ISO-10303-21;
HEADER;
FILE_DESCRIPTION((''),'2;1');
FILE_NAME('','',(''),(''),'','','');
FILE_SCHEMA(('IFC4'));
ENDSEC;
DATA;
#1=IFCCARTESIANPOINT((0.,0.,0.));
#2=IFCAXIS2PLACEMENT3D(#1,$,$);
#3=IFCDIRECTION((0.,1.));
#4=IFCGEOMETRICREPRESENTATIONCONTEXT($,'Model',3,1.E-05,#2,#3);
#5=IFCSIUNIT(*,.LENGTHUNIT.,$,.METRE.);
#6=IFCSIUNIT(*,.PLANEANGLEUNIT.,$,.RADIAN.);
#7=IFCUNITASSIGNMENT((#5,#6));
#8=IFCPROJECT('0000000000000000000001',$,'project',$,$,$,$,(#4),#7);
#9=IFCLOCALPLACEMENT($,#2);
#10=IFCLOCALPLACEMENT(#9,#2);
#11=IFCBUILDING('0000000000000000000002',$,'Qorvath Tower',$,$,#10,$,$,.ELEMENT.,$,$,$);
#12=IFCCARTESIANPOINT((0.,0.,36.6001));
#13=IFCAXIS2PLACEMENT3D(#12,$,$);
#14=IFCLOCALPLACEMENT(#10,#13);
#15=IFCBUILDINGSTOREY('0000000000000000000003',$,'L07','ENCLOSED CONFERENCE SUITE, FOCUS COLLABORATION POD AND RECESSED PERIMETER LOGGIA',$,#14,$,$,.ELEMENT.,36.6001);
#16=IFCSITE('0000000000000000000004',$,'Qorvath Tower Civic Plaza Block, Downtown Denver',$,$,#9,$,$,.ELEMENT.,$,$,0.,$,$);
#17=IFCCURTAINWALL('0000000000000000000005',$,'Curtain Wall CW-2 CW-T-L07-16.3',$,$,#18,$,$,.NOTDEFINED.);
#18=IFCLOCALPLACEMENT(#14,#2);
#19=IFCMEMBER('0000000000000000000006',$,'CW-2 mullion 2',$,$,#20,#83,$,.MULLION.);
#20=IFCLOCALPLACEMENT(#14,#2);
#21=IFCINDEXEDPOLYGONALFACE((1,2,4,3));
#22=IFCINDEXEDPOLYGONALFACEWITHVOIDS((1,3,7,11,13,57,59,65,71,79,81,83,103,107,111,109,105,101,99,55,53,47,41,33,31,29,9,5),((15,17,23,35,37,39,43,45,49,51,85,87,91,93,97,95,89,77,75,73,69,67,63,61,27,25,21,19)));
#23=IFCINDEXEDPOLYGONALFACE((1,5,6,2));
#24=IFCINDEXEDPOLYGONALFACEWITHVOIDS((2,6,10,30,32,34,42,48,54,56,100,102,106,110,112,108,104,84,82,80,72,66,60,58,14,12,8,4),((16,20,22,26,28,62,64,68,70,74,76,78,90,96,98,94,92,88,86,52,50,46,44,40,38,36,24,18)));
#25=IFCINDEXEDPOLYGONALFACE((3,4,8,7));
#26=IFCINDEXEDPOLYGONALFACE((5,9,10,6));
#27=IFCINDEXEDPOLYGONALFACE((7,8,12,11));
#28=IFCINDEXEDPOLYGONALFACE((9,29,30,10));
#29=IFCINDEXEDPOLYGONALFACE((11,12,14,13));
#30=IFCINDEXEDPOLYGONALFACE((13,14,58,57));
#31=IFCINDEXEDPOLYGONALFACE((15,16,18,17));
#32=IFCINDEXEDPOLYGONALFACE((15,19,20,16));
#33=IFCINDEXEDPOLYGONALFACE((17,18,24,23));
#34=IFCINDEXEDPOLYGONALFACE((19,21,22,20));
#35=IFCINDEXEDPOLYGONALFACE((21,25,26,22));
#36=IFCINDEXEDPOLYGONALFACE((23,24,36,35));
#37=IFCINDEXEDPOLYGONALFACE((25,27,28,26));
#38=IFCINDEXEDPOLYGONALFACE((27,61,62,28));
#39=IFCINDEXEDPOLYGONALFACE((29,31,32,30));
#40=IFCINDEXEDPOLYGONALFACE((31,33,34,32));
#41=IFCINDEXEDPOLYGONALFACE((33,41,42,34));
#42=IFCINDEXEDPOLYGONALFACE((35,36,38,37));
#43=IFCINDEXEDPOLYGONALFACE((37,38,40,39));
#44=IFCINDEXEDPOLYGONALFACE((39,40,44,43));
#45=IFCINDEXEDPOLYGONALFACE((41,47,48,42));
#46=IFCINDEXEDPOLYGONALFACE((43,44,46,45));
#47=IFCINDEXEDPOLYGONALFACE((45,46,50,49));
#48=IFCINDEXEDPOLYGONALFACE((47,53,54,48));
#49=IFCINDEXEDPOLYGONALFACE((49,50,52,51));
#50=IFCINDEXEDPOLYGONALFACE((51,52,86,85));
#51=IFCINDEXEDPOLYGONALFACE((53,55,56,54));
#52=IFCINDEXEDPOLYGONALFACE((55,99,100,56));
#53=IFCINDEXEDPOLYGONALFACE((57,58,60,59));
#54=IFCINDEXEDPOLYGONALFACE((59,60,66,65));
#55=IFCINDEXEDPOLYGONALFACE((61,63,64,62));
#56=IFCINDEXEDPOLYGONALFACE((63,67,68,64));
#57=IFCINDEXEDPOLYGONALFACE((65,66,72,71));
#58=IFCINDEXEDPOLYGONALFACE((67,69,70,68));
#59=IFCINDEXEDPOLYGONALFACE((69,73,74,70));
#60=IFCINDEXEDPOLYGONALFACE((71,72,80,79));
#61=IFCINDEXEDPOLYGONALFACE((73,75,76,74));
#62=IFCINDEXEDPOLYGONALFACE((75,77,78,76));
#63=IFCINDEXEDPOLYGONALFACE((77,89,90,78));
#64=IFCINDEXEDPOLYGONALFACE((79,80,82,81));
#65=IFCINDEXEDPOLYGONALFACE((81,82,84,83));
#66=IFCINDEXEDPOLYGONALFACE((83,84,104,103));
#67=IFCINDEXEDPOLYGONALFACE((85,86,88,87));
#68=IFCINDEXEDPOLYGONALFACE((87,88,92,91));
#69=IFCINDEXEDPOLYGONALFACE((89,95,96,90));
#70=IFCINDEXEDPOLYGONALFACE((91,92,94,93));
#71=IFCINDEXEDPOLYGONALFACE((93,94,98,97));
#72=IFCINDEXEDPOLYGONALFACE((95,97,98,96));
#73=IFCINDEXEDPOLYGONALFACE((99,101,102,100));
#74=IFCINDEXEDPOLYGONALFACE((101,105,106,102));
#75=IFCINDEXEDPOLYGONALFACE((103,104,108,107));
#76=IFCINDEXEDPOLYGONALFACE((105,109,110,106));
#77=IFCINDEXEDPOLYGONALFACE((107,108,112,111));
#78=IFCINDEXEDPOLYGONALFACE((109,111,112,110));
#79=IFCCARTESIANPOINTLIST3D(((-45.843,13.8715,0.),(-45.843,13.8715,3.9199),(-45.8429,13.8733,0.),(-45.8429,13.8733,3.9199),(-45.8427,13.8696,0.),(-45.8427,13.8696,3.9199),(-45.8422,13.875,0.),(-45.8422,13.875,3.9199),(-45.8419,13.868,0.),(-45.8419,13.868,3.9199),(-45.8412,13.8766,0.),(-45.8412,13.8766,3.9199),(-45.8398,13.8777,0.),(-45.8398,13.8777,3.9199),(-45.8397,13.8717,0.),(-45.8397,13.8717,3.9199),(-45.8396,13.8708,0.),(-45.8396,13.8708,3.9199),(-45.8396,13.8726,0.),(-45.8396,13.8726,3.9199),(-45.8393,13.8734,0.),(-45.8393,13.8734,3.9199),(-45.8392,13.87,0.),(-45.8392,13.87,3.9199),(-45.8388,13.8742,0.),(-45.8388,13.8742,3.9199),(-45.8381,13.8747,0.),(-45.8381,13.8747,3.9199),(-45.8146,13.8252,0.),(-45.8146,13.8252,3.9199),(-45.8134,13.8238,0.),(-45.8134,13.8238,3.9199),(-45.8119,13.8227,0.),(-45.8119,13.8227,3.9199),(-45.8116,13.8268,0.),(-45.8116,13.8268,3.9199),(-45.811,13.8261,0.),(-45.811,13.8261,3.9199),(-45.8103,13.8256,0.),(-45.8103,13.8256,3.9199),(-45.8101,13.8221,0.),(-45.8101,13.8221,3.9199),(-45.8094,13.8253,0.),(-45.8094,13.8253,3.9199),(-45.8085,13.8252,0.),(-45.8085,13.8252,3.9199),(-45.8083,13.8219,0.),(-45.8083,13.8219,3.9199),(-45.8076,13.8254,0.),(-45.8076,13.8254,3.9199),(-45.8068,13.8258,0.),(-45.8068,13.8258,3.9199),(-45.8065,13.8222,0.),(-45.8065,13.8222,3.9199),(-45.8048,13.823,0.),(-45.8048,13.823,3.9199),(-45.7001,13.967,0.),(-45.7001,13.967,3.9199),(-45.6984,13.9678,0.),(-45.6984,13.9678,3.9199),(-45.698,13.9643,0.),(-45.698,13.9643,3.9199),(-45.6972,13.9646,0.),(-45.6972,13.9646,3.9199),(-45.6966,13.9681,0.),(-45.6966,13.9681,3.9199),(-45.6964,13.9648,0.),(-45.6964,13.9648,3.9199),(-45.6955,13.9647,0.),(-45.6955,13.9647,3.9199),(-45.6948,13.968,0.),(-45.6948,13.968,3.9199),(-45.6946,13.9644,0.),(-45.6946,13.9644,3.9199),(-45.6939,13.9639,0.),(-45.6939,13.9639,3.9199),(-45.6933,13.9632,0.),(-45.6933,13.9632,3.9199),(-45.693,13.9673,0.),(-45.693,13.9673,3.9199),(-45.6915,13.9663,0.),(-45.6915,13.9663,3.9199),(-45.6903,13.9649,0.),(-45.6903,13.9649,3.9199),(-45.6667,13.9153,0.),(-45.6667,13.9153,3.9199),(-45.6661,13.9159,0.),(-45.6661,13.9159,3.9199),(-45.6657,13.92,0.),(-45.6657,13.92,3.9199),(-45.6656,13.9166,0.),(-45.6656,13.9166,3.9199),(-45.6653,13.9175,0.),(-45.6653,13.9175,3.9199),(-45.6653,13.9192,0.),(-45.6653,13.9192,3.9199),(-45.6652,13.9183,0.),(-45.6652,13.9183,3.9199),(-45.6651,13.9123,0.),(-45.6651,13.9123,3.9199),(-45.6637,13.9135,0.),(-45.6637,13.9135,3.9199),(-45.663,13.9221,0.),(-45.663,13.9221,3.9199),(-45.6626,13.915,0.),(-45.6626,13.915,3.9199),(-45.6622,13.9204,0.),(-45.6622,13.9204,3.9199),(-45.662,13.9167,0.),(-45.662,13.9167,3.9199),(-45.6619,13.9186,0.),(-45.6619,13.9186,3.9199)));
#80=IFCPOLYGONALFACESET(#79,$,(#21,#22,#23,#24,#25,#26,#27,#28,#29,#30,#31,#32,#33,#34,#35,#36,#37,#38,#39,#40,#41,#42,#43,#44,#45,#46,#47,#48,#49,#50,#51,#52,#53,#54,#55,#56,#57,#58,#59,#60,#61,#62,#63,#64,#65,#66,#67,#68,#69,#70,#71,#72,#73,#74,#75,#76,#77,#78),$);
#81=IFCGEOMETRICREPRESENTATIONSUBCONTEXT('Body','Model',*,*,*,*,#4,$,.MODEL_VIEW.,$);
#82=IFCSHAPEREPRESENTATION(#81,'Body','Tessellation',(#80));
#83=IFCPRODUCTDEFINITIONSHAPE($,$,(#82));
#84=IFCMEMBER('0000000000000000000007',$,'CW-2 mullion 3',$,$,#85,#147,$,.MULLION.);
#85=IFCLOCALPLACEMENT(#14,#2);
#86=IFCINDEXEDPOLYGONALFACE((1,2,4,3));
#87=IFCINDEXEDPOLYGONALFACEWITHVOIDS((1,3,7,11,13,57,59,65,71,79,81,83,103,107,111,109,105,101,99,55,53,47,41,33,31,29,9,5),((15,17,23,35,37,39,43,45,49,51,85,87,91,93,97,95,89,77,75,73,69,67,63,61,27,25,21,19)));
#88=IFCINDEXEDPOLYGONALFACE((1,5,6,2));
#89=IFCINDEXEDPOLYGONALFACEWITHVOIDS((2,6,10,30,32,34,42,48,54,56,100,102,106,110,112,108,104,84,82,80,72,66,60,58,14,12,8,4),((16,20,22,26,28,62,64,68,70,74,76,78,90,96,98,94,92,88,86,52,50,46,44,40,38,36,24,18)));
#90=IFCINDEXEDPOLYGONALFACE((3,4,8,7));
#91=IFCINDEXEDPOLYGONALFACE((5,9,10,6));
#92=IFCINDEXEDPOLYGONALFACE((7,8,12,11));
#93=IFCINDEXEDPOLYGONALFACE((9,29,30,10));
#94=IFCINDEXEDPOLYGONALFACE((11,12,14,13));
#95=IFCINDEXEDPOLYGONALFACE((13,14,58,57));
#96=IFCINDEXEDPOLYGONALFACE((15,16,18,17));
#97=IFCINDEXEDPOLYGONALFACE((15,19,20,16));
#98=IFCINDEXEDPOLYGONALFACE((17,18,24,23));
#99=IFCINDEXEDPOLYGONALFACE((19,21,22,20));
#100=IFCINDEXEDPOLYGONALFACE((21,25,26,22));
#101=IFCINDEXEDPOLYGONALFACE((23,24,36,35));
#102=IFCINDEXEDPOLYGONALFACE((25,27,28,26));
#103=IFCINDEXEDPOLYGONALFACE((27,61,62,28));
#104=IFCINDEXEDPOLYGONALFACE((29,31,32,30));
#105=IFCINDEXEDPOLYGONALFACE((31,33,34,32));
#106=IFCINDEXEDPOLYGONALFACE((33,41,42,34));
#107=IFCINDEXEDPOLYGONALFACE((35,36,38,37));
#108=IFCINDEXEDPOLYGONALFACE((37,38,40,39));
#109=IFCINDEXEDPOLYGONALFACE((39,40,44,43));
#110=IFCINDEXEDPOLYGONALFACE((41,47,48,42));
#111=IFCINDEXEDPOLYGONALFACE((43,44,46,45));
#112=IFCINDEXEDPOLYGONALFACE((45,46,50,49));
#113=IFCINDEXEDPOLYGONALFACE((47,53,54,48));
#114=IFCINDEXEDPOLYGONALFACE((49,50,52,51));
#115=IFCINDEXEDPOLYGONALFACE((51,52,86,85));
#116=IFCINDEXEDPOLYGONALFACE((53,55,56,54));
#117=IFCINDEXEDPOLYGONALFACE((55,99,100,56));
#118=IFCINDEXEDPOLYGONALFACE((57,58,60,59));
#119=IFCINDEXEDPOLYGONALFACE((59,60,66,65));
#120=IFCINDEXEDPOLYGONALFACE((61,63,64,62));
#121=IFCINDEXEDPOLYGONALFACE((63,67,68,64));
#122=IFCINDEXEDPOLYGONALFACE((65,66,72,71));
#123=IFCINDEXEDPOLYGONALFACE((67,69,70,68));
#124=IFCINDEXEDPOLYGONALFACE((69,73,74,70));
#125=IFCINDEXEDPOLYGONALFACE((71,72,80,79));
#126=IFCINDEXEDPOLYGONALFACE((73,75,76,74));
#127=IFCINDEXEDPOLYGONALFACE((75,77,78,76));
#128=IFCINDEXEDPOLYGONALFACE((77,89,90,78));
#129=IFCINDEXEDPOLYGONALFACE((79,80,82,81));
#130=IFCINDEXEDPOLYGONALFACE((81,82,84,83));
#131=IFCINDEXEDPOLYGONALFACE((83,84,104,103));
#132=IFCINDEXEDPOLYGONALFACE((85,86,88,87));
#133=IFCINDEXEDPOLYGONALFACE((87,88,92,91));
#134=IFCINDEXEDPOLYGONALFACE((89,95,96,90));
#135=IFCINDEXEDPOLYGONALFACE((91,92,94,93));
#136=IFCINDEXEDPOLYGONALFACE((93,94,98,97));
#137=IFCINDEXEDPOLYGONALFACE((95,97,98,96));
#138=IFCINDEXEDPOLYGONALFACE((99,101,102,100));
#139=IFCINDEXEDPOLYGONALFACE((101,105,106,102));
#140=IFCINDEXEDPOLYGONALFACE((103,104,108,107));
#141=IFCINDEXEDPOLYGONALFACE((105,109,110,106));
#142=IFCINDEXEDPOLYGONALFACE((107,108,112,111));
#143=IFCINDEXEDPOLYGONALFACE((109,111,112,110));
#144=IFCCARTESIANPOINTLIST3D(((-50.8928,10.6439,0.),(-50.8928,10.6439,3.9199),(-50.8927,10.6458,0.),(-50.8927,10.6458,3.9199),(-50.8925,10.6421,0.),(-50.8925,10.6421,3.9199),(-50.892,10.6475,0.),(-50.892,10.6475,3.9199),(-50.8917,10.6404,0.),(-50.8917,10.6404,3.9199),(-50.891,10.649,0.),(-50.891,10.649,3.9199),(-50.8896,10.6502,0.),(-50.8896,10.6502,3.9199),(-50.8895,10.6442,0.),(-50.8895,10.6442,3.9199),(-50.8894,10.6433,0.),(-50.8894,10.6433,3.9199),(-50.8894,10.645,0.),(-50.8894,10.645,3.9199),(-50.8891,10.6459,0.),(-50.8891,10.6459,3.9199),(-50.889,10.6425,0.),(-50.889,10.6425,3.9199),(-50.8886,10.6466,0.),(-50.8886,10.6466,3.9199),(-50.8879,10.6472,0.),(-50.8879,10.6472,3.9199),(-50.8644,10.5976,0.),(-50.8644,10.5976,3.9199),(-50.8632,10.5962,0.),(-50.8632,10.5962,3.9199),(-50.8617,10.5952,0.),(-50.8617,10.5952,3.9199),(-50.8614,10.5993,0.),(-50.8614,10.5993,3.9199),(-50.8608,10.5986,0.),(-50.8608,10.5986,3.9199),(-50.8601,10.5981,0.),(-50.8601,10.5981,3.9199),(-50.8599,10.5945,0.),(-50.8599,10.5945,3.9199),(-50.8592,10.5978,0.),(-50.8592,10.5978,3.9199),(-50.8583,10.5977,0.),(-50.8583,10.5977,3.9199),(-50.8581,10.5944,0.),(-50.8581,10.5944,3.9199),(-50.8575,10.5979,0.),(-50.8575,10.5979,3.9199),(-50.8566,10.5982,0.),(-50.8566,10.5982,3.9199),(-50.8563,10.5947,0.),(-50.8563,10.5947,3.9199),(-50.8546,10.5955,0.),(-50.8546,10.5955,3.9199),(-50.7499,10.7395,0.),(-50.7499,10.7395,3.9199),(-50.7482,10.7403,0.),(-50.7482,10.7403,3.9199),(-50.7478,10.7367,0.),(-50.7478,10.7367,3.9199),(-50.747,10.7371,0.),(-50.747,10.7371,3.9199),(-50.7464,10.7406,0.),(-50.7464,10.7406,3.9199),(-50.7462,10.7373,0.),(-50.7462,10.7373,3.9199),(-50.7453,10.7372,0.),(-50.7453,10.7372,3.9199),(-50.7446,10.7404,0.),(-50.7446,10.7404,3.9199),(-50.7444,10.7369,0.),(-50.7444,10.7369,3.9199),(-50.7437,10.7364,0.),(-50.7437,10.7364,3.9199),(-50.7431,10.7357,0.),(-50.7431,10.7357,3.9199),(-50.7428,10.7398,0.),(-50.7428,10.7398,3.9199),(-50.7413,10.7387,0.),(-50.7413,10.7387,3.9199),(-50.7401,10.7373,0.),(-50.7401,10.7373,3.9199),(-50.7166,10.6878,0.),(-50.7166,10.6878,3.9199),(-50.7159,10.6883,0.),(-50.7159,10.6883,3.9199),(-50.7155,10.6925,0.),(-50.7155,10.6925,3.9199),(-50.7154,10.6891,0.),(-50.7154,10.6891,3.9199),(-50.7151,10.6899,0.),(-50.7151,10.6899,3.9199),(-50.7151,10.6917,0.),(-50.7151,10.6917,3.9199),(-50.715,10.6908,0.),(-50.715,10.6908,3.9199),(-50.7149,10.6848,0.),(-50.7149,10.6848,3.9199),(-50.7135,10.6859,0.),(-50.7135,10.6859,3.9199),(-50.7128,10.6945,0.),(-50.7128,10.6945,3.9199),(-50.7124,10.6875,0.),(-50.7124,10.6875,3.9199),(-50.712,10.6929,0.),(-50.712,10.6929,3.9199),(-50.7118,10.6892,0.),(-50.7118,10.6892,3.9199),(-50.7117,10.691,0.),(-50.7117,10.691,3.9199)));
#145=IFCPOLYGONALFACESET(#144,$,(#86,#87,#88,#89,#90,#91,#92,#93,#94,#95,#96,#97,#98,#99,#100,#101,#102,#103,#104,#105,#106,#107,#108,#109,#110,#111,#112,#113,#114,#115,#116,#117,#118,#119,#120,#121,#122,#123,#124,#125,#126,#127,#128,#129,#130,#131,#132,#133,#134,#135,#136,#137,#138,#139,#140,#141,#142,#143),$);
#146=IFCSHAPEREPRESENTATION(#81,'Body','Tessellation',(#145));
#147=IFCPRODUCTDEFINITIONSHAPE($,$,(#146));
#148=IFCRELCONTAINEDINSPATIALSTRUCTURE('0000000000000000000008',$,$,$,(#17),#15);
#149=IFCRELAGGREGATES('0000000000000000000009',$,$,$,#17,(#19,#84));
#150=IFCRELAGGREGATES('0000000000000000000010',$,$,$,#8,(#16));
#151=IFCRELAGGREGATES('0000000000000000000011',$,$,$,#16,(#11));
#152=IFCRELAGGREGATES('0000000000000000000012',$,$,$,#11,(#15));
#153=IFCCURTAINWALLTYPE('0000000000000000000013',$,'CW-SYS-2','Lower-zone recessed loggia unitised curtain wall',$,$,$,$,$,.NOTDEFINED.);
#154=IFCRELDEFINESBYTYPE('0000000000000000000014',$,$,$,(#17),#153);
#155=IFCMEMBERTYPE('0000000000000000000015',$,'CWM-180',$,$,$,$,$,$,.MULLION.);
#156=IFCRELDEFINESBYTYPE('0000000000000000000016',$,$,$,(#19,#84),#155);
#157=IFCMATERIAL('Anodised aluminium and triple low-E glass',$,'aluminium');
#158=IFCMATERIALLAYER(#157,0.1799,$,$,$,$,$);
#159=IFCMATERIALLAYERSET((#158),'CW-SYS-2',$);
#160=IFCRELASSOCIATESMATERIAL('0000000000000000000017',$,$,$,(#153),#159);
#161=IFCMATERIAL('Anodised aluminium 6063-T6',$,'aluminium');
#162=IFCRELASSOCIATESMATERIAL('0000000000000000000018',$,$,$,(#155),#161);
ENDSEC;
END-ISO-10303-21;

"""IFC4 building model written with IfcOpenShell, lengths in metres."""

from ifc_helpers import new_model, si_unit, direction, frame, origin, origin_2d, place, context, subcontext, project, spatial, hollow_rectangle, extrude, material, layer, layer_set, material_profile, profile_set, type_object, element, aggregate, save


model = new_model("IFC4")

# Units and contexts
model_context = context("Model", 3, precision=1e-05, world=origin(), true_north=direction((0.0, 1.0)))
body_context = subcontext(model_context, "Body", "Model", "MODEL_VIEW")
ifc_project = project(units=[si_unit("LENGTHUNIT", "METRE"), si_unit("PLANEANGLEUNIT", "RADIAN")], contexts=[model_context])

# Site, building, storey
site_placement = place(None, origin())
site = spatial("IfcSite", under=ifc_project, at=site_placement, Name="Qorvath Tower Civic Plaza Block, Downtown Denver", CompositionType="ELEMENT", RefElevation=0.0)
building_placement = place(site_placement, origin())
building = spatial("IfcBuilding", under=site, at=building_placement, Name="Qorvath Tower", CompositionType="ELEMENT")
storey_placement = place(building_placement, frame((0.0, 0.0, 36.6001)))
storey = spatial("IfcBuildingStorey", under=building, at=storey_placement, Name="L07", Description="ENCLOSED CONFERENCE SUITE, FOCUS COLLABORATION POD AND RECESSED PERIMETER LOGGIA", CompositionType="ELEMENT", Elevation=36.6001)

# Curtain wall, members
ifc_material_1 = material(Name="Anodised aluminium and triple low-E glass", Category="aluminium")
ifc_layer_1 = layer(ifc_material_1, 0.1799)
ifc_layer_set_1 = layer_set([ifc_layer_1], Name="CW-SYS-2")
curtain_wall_type = type_object("IfcCurtainWallType", Name="CW-SYS-2", Description="Lower-zone recessed loggia unitised curtain wall", PredefinedType="NOTDEFINED", material=ifc_layer_set_1)
curtain_wall_placement = place(storey_placement, origin())
curtain_wall = element("IfcCurtainWall", 1, at=curtain_wall_placement, inside=storey, type_object=curtain_wall_type, Name="Curtain Wall CW-2 CW-T-L07-16.3", PredefinedType="NOTDEFINED")
ifc_material_2 = material(Name="Anodised aluminium 6063-T6", Category="aluminium")
ifc_material_profile_1 = material_profile(ifc_material_2, hollow_rectangle(XDim=0.0649, YDim=0.1799, WallThickness=0.0034, InnerFilletRadius=0.0034, OuterFilletRadius=0.0071, at=origin_2d()), Name="CWM 180x65")
ifc_profile_set_1 = profile_set([ifc_material_profile_1], Name="Anodised aluminium 6063-T6")
member_type_1 = type_object("IfcMemberType", Name="CWM-180", PredefinedType="MULLION", material=ifc_profile_set_1)
member_1_placement = place(storey_placement, frame((-45.7524, 13.895, 0.0), z_axis=(0.0, 0.0, 1.0), x_axis=(0.538529, -0.842607, 0.0)))
member_1 = element("IfcMember", 2, at=member_1_placement, type_object=member_type_1, Name="CW-2 mullion 2", PredefinedType="MULLION", context=body_context, shape_type="SweptSolid", body=[
    extrude(hollow_rectangle(XDim=0.0649, YDim=0.1799, WallThickness=0.0034, InnerFilletRadius=0.0034, OuterFilletRadius=0.0071, at=origin_2d()), origin(), (0.0, 0.0, 1.0), 3.9199),
])
member_2_placement = place(storey_placement, frame((-50.8022, 10.6675, 0.0), z_axis=(0.0, 0.0, 1.0), x_axis=(0.538529, -0.842607, 0.0)))
member_2 = element("IfcMember", 3, at=member_2_placement, type_object=member_type_1, Name="CW-2 mullion 3", PredefinedType="MULLION", context=body_context, shape_type="SweptSolid", body=[
    extrude(hollow_rectangle(XDim=0.0649, YDim=0.1799, WallThickness=0.0034, InnerFilletRadius=0.0034, OuterFilletRadius=0.0071, at=origin_2d()), origin(), (0.0, 0.0, 1.0), 3.9199),
])

aggregate(curtain_wall, [member_1, member_2])

save(model, "model.ifc")
